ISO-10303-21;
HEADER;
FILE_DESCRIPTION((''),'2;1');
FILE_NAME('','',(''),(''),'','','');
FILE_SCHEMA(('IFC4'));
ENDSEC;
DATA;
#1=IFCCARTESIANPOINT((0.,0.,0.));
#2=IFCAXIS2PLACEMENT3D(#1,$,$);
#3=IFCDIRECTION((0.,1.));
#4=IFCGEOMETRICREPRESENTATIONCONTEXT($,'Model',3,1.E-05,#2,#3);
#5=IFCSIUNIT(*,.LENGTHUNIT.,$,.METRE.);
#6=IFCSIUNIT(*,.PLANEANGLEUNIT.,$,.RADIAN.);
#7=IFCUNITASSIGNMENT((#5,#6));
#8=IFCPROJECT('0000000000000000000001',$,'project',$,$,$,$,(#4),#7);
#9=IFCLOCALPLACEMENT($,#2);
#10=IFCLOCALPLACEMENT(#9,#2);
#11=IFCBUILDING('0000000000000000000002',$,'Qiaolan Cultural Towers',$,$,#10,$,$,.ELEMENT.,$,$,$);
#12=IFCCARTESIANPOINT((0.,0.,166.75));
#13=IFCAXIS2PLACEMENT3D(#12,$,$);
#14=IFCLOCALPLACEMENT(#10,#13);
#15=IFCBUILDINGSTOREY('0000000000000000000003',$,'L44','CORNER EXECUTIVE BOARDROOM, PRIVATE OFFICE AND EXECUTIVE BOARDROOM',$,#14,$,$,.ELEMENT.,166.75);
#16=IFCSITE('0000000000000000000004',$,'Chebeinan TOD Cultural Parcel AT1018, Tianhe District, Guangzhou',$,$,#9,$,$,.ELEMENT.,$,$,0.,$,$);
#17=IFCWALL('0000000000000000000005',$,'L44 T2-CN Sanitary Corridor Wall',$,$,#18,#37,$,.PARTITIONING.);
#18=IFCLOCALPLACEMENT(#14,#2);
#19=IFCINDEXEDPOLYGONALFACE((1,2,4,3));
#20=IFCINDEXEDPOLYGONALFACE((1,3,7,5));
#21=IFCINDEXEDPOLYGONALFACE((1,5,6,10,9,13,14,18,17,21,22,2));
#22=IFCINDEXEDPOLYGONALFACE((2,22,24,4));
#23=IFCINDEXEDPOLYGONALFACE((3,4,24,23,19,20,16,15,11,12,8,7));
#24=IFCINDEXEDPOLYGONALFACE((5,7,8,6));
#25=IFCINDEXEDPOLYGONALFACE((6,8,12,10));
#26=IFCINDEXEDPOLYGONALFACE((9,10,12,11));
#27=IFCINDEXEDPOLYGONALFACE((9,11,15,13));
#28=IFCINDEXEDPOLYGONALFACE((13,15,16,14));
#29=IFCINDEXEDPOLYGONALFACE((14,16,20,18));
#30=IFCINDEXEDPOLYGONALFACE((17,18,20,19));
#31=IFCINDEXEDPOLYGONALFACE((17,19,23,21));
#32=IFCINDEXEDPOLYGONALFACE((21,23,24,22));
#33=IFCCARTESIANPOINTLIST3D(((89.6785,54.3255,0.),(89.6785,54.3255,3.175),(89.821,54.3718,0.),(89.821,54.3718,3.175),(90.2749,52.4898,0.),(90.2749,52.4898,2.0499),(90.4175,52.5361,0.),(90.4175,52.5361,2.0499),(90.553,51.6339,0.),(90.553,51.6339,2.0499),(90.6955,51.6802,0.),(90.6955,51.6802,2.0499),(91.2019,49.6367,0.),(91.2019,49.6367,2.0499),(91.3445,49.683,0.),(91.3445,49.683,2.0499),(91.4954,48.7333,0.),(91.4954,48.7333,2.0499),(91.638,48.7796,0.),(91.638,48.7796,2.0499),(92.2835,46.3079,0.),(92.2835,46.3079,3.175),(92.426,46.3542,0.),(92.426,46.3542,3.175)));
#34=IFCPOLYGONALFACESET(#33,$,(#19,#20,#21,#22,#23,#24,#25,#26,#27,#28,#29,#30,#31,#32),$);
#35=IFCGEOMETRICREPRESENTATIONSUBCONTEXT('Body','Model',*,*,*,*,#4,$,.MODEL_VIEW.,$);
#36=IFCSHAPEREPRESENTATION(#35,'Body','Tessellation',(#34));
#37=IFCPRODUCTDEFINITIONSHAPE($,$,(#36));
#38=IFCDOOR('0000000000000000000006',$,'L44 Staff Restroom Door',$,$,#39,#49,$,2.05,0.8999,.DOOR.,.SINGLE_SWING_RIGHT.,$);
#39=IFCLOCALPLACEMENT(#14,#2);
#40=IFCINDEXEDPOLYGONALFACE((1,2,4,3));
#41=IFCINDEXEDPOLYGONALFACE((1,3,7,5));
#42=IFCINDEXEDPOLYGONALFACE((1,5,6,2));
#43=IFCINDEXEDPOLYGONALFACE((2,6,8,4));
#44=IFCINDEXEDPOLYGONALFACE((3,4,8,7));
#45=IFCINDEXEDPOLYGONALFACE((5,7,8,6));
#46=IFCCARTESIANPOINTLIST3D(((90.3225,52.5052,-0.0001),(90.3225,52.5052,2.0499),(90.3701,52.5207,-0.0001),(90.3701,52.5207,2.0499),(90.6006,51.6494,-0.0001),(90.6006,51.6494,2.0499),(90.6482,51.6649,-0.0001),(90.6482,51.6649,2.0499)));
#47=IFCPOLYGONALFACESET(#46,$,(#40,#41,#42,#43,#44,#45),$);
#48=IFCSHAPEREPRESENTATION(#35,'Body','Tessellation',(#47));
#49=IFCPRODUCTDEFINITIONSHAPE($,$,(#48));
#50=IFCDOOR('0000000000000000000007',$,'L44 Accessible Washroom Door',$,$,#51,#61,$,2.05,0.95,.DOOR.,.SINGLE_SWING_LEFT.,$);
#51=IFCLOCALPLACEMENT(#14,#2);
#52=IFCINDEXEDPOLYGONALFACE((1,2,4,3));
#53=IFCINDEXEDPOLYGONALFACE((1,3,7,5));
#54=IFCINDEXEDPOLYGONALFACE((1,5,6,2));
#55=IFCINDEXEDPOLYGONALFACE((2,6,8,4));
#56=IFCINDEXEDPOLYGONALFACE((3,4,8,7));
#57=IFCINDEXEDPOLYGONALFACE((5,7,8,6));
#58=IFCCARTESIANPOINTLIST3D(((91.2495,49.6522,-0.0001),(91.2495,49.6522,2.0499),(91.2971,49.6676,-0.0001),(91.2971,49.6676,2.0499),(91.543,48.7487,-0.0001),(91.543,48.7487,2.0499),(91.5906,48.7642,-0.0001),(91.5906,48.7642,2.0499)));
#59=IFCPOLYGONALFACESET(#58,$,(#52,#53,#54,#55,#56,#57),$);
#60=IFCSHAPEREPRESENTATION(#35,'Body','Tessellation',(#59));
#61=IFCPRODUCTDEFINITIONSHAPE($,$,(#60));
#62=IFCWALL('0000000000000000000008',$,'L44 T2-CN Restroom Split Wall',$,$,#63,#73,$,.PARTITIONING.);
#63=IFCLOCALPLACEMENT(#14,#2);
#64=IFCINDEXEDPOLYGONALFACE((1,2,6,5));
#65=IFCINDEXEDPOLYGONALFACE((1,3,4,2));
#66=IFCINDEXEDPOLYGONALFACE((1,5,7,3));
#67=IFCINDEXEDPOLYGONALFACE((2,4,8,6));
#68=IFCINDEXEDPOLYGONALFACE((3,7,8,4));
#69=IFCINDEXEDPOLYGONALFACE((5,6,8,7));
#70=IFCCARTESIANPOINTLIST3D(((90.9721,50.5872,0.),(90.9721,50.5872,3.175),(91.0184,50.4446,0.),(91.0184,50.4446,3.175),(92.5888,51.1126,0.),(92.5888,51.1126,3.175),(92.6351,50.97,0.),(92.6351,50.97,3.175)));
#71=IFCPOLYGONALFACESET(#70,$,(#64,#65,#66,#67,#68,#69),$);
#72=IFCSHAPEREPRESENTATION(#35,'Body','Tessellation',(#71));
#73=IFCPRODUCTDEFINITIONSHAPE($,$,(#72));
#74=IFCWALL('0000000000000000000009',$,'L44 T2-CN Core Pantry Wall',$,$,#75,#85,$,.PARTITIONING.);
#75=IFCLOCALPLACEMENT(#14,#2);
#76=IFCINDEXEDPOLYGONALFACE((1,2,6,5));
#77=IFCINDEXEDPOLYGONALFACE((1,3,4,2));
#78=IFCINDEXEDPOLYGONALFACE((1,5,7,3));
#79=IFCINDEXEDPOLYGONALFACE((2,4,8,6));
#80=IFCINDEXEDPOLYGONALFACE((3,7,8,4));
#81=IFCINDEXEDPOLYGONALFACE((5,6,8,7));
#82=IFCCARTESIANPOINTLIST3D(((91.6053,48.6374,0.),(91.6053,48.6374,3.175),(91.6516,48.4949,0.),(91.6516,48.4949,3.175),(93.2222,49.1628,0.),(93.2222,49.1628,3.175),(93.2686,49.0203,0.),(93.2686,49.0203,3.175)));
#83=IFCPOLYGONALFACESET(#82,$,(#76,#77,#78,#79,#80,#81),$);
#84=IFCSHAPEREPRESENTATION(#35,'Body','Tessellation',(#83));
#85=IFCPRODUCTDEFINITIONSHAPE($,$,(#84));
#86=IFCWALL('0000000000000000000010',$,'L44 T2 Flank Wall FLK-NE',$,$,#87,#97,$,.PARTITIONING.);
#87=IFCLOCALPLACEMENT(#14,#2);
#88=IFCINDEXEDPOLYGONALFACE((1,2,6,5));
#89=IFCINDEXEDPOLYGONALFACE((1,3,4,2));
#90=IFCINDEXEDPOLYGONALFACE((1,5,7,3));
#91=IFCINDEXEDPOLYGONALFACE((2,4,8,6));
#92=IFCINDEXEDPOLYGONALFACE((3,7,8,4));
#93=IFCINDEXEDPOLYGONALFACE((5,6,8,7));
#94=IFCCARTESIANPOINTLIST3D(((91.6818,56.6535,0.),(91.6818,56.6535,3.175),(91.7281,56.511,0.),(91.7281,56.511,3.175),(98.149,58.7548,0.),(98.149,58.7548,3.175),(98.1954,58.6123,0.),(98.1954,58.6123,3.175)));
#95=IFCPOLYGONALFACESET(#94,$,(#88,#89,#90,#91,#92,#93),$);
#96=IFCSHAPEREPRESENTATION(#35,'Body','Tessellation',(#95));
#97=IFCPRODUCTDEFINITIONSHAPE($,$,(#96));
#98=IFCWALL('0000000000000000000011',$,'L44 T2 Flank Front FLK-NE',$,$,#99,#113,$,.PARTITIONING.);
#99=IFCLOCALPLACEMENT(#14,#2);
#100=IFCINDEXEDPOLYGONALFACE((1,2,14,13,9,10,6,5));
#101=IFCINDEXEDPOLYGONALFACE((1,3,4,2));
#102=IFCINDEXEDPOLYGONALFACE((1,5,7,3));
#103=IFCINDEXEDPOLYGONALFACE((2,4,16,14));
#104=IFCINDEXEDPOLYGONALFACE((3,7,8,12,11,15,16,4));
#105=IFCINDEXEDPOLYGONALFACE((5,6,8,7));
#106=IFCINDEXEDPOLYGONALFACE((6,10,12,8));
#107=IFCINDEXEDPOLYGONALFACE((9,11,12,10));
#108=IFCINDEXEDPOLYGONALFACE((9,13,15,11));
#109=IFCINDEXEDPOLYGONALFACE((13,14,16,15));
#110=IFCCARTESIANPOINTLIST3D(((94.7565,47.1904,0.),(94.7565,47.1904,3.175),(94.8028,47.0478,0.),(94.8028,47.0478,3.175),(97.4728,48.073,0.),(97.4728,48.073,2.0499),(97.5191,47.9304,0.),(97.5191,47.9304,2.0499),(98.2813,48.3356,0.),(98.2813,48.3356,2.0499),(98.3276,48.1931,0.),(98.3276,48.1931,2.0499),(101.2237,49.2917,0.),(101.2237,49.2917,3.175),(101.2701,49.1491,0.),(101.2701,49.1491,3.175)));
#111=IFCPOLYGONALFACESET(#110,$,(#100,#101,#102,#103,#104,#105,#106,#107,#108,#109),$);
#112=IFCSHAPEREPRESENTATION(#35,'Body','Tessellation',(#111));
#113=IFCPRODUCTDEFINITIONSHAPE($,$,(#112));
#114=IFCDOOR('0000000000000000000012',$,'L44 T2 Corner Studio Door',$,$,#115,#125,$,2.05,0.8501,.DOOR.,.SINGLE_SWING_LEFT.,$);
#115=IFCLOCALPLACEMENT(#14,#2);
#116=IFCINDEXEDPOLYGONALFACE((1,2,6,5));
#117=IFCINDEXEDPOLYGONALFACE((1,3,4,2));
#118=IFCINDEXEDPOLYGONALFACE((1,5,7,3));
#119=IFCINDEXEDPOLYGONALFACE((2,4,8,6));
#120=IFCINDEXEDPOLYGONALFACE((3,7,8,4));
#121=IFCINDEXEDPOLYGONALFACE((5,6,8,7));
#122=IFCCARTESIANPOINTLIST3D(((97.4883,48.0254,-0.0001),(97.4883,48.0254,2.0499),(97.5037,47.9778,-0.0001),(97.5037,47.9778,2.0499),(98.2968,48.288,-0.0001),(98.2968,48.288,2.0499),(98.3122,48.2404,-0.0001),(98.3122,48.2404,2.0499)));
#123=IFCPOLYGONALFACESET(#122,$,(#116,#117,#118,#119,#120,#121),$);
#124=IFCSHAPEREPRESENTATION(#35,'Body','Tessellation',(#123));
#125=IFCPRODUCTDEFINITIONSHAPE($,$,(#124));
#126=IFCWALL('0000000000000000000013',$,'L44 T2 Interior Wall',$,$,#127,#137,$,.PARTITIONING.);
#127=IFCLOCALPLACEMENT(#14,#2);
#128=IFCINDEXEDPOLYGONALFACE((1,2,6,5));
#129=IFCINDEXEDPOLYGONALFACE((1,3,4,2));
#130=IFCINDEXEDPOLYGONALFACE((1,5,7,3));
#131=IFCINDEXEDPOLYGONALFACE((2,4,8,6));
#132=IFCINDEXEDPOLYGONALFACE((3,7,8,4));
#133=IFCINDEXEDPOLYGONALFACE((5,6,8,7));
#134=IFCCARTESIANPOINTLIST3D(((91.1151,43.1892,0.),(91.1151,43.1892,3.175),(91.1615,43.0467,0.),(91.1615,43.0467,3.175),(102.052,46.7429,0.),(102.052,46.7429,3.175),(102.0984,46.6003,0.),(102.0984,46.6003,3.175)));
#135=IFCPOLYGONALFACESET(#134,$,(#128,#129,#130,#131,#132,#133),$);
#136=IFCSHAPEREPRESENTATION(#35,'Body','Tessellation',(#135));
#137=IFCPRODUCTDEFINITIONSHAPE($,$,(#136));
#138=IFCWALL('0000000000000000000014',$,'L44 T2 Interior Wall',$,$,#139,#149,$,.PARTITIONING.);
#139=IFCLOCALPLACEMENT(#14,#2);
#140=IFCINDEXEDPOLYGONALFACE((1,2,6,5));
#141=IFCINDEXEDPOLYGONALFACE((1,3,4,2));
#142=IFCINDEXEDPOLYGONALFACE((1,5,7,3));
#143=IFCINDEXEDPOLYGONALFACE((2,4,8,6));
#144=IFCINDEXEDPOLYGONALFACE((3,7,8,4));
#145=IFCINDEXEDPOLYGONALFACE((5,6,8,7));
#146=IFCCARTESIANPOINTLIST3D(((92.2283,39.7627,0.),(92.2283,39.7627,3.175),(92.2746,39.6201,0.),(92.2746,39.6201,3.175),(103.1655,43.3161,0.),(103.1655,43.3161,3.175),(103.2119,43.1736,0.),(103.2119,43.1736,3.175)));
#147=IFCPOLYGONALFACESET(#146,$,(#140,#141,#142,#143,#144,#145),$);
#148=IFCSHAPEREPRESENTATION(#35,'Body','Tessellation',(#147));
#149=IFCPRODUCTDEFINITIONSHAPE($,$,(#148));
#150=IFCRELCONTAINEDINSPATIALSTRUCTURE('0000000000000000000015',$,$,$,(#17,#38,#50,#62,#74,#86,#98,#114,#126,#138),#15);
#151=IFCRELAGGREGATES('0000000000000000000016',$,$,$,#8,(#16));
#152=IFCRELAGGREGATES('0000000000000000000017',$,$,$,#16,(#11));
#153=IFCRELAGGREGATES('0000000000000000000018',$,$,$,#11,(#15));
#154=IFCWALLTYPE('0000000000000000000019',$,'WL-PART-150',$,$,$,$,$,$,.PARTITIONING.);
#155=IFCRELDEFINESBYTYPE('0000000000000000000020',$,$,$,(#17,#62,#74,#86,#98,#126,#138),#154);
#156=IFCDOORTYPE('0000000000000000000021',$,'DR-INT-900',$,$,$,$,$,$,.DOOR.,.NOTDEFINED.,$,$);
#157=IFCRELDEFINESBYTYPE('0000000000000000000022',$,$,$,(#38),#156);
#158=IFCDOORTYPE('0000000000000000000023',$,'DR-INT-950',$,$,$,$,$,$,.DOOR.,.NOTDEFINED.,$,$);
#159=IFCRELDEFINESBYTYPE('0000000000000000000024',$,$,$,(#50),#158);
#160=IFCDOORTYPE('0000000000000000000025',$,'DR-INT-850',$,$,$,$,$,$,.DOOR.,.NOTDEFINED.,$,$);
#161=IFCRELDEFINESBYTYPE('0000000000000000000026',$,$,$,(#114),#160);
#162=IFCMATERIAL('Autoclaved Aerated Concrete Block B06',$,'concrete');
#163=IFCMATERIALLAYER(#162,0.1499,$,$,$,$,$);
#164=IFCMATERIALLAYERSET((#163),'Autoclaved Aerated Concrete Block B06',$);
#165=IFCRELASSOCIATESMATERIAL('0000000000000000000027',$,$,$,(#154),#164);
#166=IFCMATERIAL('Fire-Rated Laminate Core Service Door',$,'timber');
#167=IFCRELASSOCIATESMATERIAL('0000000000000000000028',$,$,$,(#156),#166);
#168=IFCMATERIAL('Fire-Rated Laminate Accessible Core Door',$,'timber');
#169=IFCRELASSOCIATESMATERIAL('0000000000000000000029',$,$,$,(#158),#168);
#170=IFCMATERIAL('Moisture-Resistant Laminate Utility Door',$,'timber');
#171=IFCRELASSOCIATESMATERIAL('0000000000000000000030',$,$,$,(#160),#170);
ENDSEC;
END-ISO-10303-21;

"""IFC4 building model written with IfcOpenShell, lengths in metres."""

from ifc_helpers import new_model, si_unit, direction, frame, frame_2d, origin, place, context, subcontext, project, spatial, rectangle, extrude, material, layer, layer_set, type_object, element, fill, save


model = new_model("IFC4")

# Units and contexts
model_context = context("Model", 3, precision=1e-05, world=origin(), true_north=direction((0.0, 1.0)))
body_context = subcontext(model_context, "Body", "Model", "MODEL_VIEW")
ifc_project = project(units=[si_unit("LENGTHUNIT", "METRE"), si_unit("PLANEANGLEUNIT", "RADIAN")], contexts=[model_context])

# Site, building, storey
site_placement = place(None, origin())
site = spatial("IfcSite", under=ifc_project, at=site_placement, Name="Chebeinan TOD Cultural Parcel AT1018, Tianhe District, Guangzhou", CompositionType="ELEMENT", RefElevation=0.0)
building_placement = place(site_placement, origin())
building = spatial("IfcBuilding", under=site, at=building_placement, Name="Qiaolan Cultural Towers", CompositionType="ELEMENT")
storey_placement = place(building_placement, frame((0.0, 0.0, 166.75)))
storey = spatial("IfcBuildingStorey", under=building, at=storey_placement, Name="L44", Description="CORNER EXECUTIVE BOARDROOM, PRIVATE OFFICE AND EXECUTIVE BOARDROOM", CompositionType="ELEMENT", Elevation=166.75)

# Wall, openings, doors
ifc_material_1 = material(Name="Autoclaved Aerated Concrete Block B06", Category="concrete")
ifc_layer_1 = layer(ifc_material_1, 0.1499)
ifc_layer_set_1 = layer_set([ifc_layer_1], Name="Autoclaved Aerated Concrete Block B06")
wall_type_1 = type_object("IfcWallType", Name="WL-PART-150", PredefinedType="PARTITIONING", material=ifc_layer_set_1)
ifc_material_2 = material(Name="Fire-Rated Laminate Core Service Door", Category="timber")
door_type_1 = type_object("IfcDoorType", Name="DR-INT-900", OperationType="NOTDEFINED", PredefinedType="DOOR", material=ifc_material_2)
ifc_material_3 = material(Name="Fire-Rated Laminate Accessible Core Door", Category="timber")
door_type_2 = type_object("IfcDoorType", Name="DR-INT-950", OperationType="NOTDEFINED", PredefinedType="DOOR", material=ifc_material_3)
wall_1_placement = place(storey_placement, frame((92.3547, 46.3311, 0.0), z_axis=(0.0, 0.0, 1.0), x_axis=(-0.309007, 0.95106, 0.0)))
wall_1 = element("IfcWall", 1, at=wall_1_placement, inside=storey, type_object=wall_type_1, Name="L44 T2-CN Sanitary Corridor Wall", PredefinedType="PARTITIONING", context=body_context, shape_type="SweptSolid", body=[
    extrude(rectangle(XDim=8.4302, YDim=0.1499, at=frame_2d((4.2151, 0.0))), origin(), (0.0, 0.0, 1.0), 3.175),
])
opening_1_placement = place(wall_1_placement, frame((2.55, 0.0, 0.0)))
opening_1 = element("IfcOpeningElement", 2, at=opening_1_placement, cuts=wall_1, PredefinedType="OPENING", context=body_context, shape_type="SweptSolid", body=[
    extrude(rectangle(XDim=0.95, YDim=2.05, at=frame_2d((0.4751, 1.0249))), frame((0.0, 0.085, 0.0), z_axis=(0.0, -1.0, 0.0), x_axis=(1.0, 0.0, 0.0)), (0.0, 0.0, 1.0), 0.1699),
])
opening_2_placement = place(wall_1_placement, frame((5.6001, 0.0, 0.0)))
opening_2 = element("IfcOpeningElement", 3, at=opening_2_placement, cuts=wall_1, PredefinedType="OPENING", context=body_context, shape_type="SweptSolid", body=[
    extrude(rectangle(XDim=0.8999, YDim=2.05, at=frame_2d((0.45, 1.0249))), frame((0.0, 0.085, 0.0), z_axis=(0.0, -1.0, 0.0), x_axis=(1.0, 0.0, 0.0)), (0.0, 0.0, 1.0), 0.1699),
])
door_1_placement = place(opening_2_placement, origin())
door_1 = element("IfcDoor", 4, at=door_1_placement, inside=storey, type_object=door_type_1, Name="L44 Staff Restroom Door", OperationType="SINGLE_SWING_RIGHT", OverallHeight=2.05, OverallWidth=0.8999, PredefinedType="DOOR", context=body_context, shape_type="SweptSolid", body=[
    extrude(rectangle(XDim=0.8999, YDim=2.05, at=frame_2d((0.45, 1.0249))), frame((0.0, 0.0249, 0.0), z_axis=(0.0, -1.0, 0.0), x_axis=(1.0, 0.0, 0.0)), (0.0, 0.0, 1.0), 0.05),
])
fill(opening_2, door_1)
door_2_placement = place(opening_1_placement, origin())
door_2 = element("IfcDoor", 5, at=door_2_placement, inside=storey, type_object=door_type_2, Name="L44 Accessible Washroom Door", OperationType="SINGLE_SWING_LEFT", OverallHeight=2.05, OverallWidth=0.95, PredefinedType="DOOR", context=body_context, shape_type="SweptSolid", body=[
    extrude(rectangle(XDim=0.95, YDim=2.05, at=frame_2d((0.4751, 1.0249))), frame((0.0, 0.0249, 0.0), z_axis=(0.0, -1.0, 0.0), x_axis=(1.0, 0.0, 0.0)), (0.0, 0.0, 1.0), 0.05),
])
fill(opening_1, door_2)

# Walls
wall_2_placement = place(storey_placement, frame((90.9951, 50.5159, 0.0), z_axis=(0.0, 0.0, 1.0), x_axis=(0.95104, 0.309067, 0.0)))
element("IfcWall", 6, at=wall_2_placement, inside=storey, type_object=wall_type_1, Name="L44 T2-CN Restroom Split Wall", PredefinedType="PARTITIONING", context=body_context, shape_type="SweptSolid", body=[
    extrude(rectangle(XDim=1.7, YDim=0.1499, at=frame_2d((0.8501, 0.0))), origin(), (0.0, 0.0, 1.0), 3.175),
])
wall_3_placement = place(storey_placement, frame((91.6284, 48.5662, 0.0), z_axis=(0.0, 0.0, 1.0), x_axis=(0.951054, 0.309024, 0.0)))
element("IfcWall", 7, at=wall_3_placement, inside=storey, type_object=wall_type_1, Name="L44 T2-CN Core Pantry Wall", PredefinedType="PARTITIONING", context=body_context, shape_type="SweptSolid", body=[
    extrude(rectangle(XDim=1.7002, YDim=0.1499, at=frame_2d((0.8501, 0.0))), origin(), (0.0, 0.0, 1.0), 3.175),
])
wall_4_placement = place(storey_placement, frame((91.7051, 56.5823, 0.0), z_axis=(0.0, 0.0, 1.0), x_axis=(0.951058, 0.309013, 0.0)))
element("IfcWall", 8, at=wall_4_placement, inside=storey, type_object=wall_type_1, Name="L44 T2 Flank Wall FLK-NE", PredefinedType="PARTITIONING", context=body_context, shape_type="SweptSolid", body=[
    extrude(rectangle(XDim=6.8, YDim=0.1499, at=frame_2d((3.3999, 0.0))), origin(), (0.0, 0.0, 1.0), 3.175),
])

# Wall, opening, door
wall_5_placement = place(storey_placement, frame((94.7798, 47.1191, 0.0), z_axis=(0.0, 0.0, 1.0), x_axis=(0.951058, 0.309013, 0.0)))
wall_5 = element("IfcWall", 9, at=wall_5_placement, inside=storey, type_object=wall_type_1, Name="L44 T2 Flank Front FLK-NE", PredefinedType="PARTITIONING", context=body_context, shape_type="SweptSolid", body=[
    extrude(rectangle(XDim=6.8, YDim=0.1499, at=frame_2d((3.3999, 0.0))), origin(), (0.0, 0.0, 1.0), 3.175),
])
opening_3_placement = place(wall_5_placement, frame((2.856, 0.0, 0.0)))
opening_3 = element("IfcOpeningElement", 10, at=opening_3_placement, cuts=wall_5, PredefinedType="OPENING", context=body_context, shape_type="SweptSolid", body=[
    extrude(rectangle(XDim=0.8501, YDim=2.05, at=frame_2d((0.425, 1.0249))), frame((0.0, 0.085, 0.0), z_axis=(0.0, -1.0, 0.0), x_axis=(1.0, 0.0, 0.0)), (0.0, 0.0, 1.0), 0.1699),
])
ifc_material_4 = material(Name="Moisture-Resistant Laminate Utility Door", Category="timber")
door_type_3 = type_object("IfcDoorType", Name="DR-INT-850", OperationType="NOTDEFINED", PredefinedType="DOOR", material=ifc_material_4)
door_3_placement = place(opening_3_placement, origin())
door_3 = element("IfcDoor", 11, at=door_3_placement, inside=storey, type_object=door_type_3, Name="L44 T2 Corner Studio Door", OperationType="SINGLE_SWING_LEFT", OverallHeight=2.05, OverallWidth=0.8501, PredefinedType="DOOR", context=body_context, shape_type="SweptSolid", body=[
    extrude(rectangle(XDim=0.8501, YDim=2.05, at=frame_2d((0.425, 1.0249))), frame((0.0, 0.0249, 0.0), z_axis=(0.0, -1.0, 0.0), x_axis=(1.0, 0.0, 0.0)), (0.0, 0.0, 1.0), 0.05),
])
fill(opening_3, door_3)

# Walls
wall_6_placement = place(storey_placement, frame((91.1382, 43.1179, 0.0), z_axis=(0.0, 0.0, 1.0), x_axis=(0.951055, 0.309022, 0.0)))
element("IfcWall", 12, at=wall_6_placement, inside=storey, type_object=wall_type_1, Name="L44 T2 Interior Wall", PredefinedType="PARTITIONING", context=body_context, shape_type="SweptSolid", body=[
    extrude(rectangle(XDim=11.4998, YDim=0.1499, at=frame_2d((5.75, 0.0))), origin(), (0.0, 0.0, 1.0), 3.175),
])
wall_7_placement = place(storey_placement, frame((92.2515, 39.6914, 0.0), z_axis=(0.0, 0.0, 1.0), x_axis=(0.951063, 0.308996, 0.0)))
element("IfcWall", 13, at=wall_7_placement, inside=storey, type_object=wall_type_1, Name="L44 T2 Interior Wall", PredefinedType="PARTITIONING", context=body_context, shape_type="SweptSolid", body=[
    extrude(rectangle(XDim=11.5, YDim=0.1499, at=frame_2d((5.75, 0.0))), origin(), (0.0, 0.0, 1.0), 3.175),
])

save(model, "model.ifc")
